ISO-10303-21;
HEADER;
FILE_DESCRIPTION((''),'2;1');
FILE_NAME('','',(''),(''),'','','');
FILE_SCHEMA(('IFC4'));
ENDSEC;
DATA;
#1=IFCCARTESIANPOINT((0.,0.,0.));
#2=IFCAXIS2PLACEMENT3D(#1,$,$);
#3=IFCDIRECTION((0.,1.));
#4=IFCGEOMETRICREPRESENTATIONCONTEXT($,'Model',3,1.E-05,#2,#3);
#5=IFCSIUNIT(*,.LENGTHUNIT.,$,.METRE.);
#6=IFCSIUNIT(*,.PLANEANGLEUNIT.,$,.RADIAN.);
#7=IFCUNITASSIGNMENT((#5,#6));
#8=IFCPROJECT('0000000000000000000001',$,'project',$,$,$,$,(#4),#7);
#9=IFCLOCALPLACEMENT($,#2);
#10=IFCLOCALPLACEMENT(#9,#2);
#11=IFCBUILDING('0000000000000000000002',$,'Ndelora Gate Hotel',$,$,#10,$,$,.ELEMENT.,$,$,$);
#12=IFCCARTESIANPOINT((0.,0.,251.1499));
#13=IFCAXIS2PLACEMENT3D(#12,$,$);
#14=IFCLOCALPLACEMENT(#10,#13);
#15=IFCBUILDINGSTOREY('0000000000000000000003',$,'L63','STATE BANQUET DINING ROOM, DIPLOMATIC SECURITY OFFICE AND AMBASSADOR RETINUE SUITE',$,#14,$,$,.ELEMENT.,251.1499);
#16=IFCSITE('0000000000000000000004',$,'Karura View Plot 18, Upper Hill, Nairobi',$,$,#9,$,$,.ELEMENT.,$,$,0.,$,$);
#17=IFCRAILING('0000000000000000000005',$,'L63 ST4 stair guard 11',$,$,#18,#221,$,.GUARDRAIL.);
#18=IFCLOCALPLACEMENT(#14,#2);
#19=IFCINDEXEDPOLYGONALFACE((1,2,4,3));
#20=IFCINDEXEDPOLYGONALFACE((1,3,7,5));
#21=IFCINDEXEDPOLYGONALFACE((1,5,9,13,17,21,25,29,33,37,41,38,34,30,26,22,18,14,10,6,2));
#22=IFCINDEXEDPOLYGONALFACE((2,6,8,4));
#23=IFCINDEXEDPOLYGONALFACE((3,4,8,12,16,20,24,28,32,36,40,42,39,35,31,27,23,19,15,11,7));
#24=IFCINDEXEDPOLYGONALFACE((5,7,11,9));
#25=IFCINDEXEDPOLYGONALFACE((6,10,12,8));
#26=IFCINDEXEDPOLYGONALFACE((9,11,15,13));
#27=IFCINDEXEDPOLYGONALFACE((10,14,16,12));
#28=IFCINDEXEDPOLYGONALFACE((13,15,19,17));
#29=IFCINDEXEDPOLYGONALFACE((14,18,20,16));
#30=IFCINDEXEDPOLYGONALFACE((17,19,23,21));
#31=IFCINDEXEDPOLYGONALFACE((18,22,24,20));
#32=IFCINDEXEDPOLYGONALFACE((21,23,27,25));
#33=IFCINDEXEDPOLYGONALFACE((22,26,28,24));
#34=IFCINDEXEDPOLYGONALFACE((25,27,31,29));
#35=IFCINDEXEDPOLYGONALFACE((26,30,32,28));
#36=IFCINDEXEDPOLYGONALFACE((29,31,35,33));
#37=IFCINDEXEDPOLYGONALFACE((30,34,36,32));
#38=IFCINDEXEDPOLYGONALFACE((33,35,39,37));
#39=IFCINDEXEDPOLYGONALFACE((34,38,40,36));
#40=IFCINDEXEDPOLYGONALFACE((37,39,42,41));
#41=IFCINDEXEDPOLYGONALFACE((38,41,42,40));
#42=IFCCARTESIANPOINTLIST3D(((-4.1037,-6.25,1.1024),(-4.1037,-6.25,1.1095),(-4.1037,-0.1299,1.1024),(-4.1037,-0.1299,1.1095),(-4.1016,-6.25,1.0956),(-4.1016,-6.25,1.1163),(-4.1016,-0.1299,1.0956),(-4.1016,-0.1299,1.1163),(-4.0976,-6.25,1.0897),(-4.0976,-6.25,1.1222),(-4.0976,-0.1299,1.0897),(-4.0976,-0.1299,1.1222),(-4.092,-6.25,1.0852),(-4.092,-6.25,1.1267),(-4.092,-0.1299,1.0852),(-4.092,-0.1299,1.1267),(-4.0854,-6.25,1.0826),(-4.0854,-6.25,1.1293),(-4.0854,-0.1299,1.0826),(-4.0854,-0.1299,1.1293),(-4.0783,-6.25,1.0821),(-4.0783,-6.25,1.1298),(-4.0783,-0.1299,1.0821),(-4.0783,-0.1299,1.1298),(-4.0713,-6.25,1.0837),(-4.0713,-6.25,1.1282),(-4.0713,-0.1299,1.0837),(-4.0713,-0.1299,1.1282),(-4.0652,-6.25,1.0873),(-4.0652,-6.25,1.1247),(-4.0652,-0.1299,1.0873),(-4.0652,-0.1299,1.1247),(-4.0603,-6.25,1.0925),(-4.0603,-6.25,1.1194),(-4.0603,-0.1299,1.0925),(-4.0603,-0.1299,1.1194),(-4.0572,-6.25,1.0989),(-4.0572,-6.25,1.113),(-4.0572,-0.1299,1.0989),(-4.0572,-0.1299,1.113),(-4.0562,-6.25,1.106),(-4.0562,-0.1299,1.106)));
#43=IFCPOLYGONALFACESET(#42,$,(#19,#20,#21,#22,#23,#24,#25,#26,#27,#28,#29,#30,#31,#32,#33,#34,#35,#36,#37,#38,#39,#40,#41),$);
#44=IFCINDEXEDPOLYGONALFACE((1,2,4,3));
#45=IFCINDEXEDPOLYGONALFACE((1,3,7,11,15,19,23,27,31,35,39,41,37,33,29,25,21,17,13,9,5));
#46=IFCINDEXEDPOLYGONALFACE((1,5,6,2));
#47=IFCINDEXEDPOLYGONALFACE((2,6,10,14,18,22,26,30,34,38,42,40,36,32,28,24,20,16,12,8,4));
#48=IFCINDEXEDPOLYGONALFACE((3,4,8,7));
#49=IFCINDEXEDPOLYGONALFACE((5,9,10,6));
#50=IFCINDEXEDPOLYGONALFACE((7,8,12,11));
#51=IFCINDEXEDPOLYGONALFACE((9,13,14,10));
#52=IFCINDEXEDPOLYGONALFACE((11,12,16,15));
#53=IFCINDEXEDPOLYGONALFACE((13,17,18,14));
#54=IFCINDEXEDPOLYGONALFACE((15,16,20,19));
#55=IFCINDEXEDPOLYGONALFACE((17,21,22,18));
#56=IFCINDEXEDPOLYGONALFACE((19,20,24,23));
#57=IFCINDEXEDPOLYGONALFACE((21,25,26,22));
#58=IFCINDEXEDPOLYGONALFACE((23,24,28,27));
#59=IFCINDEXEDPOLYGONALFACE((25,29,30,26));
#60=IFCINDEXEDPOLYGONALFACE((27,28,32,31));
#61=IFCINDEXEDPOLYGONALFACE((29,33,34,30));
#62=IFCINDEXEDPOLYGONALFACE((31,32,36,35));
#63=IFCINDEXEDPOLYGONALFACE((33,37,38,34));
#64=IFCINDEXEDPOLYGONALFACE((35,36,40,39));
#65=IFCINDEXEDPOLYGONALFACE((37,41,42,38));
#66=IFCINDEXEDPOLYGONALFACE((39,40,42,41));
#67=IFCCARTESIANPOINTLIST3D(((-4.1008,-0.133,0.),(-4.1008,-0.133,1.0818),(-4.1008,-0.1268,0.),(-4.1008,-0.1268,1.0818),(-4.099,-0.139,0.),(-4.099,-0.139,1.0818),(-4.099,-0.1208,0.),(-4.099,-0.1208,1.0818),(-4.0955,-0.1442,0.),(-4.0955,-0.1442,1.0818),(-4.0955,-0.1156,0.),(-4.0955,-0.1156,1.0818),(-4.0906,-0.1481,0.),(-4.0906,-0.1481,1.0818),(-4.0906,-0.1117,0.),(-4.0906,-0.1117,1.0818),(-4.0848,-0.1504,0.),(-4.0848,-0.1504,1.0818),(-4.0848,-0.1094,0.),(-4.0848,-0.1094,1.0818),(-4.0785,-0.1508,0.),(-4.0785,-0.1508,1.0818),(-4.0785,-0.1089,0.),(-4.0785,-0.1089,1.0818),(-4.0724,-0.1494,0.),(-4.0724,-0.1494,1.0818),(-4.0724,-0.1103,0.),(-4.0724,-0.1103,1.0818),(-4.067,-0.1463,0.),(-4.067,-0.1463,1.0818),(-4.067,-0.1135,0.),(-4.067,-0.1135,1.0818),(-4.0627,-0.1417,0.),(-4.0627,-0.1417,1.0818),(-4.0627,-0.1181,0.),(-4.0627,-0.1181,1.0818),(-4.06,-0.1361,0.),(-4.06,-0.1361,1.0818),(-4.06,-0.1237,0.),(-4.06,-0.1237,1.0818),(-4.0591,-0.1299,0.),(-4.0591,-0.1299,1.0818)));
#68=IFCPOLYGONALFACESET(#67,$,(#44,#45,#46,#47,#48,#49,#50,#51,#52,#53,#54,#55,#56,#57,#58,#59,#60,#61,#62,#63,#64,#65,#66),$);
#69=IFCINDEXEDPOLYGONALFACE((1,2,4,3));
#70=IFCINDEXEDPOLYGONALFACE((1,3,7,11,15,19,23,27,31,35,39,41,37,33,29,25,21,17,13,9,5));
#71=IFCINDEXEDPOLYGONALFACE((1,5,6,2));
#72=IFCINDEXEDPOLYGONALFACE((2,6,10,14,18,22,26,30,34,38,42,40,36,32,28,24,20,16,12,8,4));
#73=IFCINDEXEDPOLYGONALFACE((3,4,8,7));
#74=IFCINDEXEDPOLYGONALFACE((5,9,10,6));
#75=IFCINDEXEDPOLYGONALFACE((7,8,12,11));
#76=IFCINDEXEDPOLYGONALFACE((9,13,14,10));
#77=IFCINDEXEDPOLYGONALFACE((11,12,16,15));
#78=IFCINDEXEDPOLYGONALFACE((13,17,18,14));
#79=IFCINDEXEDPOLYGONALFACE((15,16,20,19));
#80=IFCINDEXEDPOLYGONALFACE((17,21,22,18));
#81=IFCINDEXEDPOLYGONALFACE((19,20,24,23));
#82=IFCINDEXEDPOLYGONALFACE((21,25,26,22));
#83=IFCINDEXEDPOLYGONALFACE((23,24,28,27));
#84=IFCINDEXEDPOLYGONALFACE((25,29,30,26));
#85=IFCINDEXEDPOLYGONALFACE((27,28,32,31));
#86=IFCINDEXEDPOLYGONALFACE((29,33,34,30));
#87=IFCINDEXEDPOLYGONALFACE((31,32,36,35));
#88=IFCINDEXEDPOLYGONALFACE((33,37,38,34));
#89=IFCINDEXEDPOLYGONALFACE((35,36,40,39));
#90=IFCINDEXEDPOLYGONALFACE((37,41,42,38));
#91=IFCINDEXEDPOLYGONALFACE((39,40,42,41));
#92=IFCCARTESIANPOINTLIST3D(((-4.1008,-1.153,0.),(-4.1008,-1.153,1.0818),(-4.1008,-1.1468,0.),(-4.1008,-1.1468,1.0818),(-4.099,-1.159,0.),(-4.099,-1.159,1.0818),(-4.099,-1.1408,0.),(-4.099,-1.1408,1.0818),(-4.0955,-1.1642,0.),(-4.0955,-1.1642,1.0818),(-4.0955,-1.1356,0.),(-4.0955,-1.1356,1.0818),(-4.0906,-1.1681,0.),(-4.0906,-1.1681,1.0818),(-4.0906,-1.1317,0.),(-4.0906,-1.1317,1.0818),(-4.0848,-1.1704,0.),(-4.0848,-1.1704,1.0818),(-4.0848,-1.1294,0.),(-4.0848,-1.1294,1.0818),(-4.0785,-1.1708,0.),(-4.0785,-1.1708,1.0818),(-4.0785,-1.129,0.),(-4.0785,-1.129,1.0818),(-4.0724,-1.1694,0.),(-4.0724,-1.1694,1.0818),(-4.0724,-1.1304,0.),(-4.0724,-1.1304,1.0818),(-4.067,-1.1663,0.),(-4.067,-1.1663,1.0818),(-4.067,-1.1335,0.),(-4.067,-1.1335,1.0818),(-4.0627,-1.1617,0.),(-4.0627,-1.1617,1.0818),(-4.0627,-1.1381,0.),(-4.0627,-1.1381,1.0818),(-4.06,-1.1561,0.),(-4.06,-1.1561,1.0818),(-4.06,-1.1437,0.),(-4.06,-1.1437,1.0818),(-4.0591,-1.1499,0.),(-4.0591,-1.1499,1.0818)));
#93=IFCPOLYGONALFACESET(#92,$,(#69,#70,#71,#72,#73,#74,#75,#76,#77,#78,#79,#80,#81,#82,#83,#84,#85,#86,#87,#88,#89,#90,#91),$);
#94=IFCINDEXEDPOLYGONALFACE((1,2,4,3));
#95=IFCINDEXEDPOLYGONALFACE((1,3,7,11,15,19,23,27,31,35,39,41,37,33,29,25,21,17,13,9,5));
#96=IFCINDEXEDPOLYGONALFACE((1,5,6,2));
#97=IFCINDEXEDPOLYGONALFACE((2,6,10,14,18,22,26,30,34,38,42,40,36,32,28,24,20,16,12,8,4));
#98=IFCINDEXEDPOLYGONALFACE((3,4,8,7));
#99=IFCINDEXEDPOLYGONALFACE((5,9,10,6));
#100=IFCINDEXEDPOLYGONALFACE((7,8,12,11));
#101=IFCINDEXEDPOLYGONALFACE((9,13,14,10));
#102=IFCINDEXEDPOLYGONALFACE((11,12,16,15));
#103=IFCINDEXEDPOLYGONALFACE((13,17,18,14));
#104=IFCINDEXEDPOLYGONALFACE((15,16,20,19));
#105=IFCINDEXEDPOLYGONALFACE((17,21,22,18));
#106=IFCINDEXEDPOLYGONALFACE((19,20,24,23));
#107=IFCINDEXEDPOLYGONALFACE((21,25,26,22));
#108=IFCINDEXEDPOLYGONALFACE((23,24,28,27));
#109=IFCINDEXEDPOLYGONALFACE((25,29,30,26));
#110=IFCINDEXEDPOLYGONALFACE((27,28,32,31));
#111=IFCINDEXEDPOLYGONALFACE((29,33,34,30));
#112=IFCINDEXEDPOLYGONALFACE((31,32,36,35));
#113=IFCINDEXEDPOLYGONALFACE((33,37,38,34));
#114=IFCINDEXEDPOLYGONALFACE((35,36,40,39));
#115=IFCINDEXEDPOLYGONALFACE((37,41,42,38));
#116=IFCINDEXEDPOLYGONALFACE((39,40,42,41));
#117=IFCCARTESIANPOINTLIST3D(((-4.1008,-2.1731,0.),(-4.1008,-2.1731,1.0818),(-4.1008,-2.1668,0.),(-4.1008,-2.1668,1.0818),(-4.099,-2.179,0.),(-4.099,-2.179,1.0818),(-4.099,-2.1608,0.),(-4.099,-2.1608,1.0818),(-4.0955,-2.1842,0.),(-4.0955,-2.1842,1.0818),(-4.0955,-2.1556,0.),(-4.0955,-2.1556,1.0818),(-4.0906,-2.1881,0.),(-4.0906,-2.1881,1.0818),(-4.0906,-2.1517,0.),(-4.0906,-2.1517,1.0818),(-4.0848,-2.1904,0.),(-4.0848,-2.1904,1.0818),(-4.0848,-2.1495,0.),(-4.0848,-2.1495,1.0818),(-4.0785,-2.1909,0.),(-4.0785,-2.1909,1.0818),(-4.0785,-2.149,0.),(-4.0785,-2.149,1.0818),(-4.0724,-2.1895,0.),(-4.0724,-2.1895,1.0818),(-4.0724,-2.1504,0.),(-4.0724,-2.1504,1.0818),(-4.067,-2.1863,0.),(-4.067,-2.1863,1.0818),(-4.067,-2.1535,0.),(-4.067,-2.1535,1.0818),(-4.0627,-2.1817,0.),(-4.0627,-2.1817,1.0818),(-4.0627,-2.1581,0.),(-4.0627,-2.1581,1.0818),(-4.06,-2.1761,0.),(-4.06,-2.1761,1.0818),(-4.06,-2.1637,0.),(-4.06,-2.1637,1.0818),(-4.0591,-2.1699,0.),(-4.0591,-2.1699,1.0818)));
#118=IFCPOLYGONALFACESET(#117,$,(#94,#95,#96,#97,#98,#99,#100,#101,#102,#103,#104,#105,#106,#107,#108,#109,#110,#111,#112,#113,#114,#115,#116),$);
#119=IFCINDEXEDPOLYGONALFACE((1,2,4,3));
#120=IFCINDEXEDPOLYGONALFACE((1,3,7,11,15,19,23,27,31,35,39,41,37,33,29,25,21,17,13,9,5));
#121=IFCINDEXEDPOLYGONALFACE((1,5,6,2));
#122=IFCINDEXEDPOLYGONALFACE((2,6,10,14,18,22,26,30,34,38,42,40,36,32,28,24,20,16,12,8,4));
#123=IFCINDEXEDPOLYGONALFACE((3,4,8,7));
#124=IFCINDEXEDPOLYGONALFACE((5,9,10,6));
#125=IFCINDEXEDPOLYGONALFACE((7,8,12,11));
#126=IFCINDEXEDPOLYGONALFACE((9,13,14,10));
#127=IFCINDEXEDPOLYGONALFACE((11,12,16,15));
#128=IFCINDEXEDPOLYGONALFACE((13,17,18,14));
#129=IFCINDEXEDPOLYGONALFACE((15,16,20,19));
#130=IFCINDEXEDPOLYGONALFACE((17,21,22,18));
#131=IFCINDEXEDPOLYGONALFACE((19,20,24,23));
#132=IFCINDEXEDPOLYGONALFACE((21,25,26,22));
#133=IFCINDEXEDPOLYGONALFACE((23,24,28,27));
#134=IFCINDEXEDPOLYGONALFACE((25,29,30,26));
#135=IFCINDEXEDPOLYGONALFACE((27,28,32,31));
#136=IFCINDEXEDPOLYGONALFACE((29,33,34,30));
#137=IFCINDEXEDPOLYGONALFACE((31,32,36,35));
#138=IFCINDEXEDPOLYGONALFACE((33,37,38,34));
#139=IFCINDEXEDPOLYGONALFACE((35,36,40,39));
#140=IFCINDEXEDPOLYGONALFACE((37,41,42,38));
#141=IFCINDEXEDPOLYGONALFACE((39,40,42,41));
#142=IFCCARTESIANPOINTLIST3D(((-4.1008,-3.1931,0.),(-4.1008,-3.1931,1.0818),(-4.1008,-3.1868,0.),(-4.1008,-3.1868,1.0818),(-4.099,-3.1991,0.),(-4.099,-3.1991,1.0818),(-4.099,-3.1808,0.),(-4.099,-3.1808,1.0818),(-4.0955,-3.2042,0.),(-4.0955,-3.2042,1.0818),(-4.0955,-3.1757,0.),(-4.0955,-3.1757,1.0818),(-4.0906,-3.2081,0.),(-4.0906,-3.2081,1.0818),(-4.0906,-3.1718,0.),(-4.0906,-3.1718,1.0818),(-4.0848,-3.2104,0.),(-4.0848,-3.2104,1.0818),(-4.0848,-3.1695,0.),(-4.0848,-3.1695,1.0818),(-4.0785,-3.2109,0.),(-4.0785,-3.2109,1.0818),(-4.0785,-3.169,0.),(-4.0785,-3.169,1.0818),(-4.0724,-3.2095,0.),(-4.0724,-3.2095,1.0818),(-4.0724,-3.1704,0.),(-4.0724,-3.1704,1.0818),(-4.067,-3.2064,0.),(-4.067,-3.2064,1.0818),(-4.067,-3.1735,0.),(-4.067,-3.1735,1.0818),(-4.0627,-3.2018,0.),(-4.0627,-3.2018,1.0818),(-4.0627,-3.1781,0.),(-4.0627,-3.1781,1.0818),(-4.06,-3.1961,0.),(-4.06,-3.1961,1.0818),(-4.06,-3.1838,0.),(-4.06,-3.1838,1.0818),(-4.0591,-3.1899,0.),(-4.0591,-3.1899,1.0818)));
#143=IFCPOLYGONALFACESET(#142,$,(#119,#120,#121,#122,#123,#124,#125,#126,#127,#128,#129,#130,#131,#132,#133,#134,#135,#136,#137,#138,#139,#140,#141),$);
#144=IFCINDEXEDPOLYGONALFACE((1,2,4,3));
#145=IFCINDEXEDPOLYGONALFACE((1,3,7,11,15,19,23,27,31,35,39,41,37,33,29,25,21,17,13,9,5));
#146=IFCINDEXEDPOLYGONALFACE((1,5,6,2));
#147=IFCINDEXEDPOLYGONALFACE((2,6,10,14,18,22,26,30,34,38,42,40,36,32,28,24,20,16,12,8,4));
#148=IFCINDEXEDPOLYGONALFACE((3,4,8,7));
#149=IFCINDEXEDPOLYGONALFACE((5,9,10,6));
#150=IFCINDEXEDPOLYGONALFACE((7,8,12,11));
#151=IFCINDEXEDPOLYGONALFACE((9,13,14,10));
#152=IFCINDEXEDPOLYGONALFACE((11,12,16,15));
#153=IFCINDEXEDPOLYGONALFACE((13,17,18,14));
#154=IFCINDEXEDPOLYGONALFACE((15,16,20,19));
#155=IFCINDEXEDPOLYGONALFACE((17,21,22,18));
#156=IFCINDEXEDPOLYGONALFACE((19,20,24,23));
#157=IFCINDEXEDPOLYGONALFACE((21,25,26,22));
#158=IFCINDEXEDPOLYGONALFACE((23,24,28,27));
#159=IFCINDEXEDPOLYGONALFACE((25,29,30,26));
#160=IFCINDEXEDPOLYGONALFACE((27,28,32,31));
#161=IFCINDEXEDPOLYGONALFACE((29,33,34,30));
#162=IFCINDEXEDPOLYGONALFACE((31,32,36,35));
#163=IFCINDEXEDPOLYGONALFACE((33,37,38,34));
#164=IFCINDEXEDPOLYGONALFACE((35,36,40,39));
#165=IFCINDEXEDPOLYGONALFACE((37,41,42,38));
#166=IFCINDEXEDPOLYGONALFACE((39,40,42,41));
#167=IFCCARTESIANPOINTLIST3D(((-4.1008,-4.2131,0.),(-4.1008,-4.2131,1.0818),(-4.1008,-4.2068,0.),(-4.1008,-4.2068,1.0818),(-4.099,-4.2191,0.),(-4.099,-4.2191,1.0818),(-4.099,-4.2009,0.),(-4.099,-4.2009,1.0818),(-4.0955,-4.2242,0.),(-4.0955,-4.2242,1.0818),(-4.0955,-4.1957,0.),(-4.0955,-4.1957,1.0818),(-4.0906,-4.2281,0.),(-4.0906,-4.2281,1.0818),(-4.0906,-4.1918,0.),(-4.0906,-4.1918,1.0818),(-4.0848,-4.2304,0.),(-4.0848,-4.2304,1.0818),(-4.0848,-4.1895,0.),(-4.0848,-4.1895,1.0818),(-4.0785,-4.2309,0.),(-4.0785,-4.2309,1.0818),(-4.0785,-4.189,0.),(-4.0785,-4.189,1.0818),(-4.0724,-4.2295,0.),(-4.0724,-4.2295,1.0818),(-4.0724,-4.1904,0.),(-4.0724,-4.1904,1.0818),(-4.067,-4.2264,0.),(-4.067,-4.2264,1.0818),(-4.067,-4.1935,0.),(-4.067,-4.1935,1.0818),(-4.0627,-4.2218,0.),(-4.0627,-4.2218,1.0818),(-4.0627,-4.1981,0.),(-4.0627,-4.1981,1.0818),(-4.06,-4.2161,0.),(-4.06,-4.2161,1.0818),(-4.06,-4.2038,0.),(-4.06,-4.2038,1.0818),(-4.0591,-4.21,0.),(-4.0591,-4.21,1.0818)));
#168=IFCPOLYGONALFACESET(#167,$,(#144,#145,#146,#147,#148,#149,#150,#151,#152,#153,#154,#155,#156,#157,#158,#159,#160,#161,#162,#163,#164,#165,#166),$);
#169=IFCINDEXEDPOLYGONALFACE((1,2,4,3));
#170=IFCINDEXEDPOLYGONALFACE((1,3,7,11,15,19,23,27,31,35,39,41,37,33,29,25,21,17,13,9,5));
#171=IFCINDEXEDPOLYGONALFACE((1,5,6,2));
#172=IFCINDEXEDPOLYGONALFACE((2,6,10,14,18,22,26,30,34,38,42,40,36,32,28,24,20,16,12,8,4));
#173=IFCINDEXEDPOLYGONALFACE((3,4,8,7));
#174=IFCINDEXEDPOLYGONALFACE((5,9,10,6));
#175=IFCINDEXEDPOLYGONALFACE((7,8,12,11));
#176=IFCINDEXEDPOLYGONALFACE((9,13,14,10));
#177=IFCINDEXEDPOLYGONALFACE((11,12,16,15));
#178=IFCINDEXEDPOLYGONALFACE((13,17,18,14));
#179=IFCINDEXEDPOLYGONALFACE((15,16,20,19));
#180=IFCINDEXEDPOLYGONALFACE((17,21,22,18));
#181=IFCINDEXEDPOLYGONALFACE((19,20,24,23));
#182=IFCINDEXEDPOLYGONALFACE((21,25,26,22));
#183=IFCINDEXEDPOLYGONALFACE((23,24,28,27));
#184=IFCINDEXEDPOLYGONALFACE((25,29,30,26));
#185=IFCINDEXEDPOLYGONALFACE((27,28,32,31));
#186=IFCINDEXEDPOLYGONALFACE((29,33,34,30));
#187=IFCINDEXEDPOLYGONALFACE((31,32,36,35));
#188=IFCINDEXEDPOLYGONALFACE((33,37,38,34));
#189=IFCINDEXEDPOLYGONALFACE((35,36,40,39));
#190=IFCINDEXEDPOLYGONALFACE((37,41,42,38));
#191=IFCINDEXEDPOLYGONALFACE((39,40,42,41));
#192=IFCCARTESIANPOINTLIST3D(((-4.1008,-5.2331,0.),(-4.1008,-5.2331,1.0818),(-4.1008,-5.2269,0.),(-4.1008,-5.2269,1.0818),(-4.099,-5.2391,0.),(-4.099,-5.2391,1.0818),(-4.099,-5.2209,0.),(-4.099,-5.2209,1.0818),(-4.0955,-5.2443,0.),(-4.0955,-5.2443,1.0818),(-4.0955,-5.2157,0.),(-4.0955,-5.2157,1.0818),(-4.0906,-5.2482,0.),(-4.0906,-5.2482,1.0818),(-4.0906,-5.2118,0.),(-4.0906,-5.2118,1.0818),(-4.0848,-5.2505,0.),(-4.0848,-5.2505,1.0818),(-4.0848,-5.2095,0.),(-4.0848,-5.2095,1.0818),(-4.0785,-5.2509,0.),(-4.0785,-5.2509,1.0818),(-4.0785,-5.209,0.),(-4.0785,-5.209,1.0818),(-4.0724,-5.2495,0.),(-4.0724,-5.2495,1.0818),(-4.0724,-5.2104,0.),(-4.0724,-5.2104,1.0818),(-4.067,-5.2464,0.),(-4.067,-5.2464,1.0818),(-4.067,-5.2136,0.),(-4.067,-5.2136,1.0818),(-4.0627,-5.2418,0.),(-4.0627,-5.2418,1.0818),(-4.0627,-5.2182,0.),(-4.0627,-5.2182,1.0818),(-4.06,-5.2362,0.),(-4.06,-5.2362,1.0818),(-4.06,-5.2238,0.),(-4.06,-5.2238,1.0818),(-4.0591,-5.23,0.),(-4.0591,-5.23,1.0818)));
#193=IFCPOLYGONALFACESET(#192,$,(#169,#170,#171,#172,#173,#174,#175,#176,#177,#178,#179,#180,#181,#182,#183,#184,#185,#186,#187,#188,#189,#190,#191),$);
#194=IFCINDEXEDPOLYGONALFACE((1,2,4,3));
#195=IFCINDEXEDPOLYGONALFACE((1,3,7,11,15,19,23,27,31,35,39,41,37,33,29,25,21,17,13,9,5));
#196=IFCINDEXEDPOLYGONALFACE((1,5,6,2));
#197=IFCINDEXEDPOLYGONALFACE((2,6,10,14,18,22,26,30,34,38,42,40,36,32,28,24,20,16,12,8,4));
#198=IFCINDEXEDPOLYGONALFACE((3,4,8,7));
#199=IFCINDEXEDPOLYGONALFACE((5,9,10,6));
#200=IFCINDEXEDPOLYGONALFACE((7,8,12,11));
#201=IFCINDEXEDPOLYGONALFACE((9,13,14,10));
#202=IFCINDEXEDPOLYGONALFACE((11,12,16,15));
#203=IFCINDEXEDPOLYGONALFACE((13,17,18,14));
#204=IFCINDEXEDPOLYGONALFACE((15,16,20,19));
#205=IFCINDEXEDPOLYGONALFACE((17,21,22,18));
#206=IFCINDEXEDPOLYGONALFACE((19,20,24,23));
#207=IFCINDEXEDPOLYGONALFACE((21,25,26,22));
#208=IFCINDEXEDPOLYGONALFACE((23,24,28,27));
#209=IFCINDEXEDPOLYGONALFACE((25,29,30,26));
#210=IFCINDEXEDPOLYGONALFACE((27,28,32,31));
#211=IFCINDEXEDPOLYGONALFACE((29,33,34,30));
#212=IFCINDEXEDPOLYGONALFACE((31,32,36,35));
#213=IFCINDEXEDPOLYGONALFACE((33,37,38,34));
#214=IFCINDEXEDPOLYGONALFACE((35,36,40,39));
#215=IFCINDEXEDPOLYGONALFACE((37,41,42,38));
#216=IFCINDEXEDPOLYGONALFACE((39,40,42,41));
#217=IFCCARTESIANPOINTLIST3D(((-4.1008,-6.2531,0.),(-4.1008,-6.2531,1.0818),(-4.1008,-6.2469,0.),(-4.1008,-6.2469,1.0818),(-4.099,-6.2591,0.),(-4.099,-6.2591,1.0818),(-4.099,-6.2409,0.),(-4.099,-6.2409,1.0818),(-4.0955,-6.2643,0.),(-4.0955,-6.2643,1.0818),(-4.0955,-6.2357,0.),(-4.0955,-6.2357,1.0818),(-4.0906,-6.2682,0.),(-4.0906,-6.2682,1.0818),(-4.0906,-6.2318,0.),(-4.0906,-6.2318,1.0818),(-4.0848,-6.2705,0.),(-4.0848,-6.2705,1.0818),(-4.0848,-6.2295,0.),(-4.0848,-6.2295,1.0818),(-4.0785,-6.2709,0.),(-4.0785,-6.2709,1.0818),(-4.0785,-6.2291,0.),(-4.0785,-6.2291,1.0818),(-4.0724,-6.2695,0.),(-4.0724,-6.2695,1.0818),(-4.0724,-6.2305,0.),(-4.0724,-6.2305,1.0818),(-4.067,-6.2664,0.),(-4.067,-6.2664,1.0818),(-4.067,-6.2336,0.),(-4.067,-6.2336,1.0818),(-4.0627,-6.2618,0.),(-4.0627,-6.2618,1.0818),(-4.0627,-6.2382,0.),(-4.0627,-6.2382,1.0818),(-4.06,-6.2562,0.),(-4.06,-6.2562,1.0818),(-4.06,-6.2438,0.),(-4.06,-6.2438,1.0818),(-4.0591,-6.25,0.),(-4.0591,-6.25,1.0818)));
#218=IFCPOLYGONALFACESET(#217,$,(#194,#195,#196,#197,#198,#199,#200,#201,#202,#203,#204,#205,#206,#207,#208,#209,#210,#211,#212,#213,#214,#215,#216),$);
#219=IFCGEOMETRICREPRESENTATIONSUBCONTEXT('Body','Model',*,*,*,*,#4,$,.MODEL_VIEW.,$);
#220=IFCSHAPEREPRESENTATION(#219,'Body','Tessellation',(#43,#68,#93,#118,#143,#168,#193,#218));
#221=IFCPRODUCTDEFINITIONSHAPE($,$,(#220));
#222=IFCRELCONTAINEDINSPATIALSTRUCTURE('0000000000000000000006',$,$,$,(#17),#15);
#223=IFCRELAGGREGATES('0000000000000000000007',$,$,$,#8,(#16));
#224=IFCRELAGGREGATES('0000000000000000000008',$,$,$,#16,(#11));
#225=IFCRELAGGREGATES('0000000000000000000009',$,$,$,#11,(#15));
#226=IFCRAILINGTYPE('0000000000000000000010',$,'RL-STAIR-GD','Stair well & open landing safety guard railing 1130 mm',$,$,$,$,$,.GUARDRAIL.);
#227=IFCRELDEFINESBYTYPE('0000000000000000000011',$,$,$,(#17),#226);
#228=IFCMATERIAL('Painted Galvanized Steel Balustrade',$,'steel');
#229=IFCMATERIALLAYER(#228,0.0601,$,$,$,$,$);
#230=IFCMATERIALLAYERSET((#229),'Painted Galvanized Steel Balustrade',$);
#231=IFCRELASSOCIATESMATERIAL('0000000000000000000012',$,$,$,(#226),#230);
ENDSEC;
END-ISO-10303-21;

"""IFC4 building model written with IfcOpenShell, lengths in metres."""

from ifc_helpers import new_model, si_unit, direction, frame, origin, origin_2d, place, context, subcontext, project, spatial, circle, extrude, material, layer, layer_set, type_object, element, save


model = new_model("IFC4")

# Units and contexts
model_context = context("Model", 3, precision=1e-05, world=origin(), true_north=direction((0.0, 1.0)))
body_context = subcontext(model_context, "Body", "Model", "MODEL_VIEW")
ifc_project = project(units=[si_unit("LENGTHUNIT", "METRE"), si_unit("PLANEANGLEUNIT", "RADIAN")], contexts=[model_context])

# Site, building, storey
site_placement = place(None, origin())
site = spatial("IfcSite", under=ifc_project, at=site_placement, Name="Karura View Plot 18, Upper Hill, Nairobi", CompositionType="ELEMENT", RefElevation=0.0)
building_placement = place(site_placement, origin())
building = spatial("IfcBuilding", under=site, at=building_placement, Name="Ndelora Gate Hotel", CompositionType="ELEMENT")
storey_placement = place(building_placement, frame((0.0, 0.0, 251.1499)))
storey = spatial("IfcBuildingStorey", under=building, at=storey_placement, Name="L63", Description="STATE BANQUET DINING ROOM, DIPLOMATIC SECURITY OFFICE AND AMBASSADOR RETINUE SUITE", CompositionType="ELEMENT", Elevation=251.1499)

# Railing
ifc_material_1 = material(Name="Painted Galvanized Steel Balustrade", Category="steel")
ifc_layer_1 = layer(ifc_material_1, 0.0601)
ifc_layer_set_1 = layer_set([ifc_layer_1], Name="Painted Galvanized Steel Balustrade")
railing_type = type_object("IfcRailingType", Name="RL-STAIR-GD", Description="Stair well & open landing safety guard railing 1130 mm", PredefinedType="GUARDRAIL", material=ifc_layer_set_1)
railing_placement = place(storey_placement, frame((-4.0801, -0.1299, 0.0)))
element("IfcRailing", 1, at=railing_placement, inside=storey, type_object=railing_type, Name="L63 ST4 stair guard 11", PredefinedType="GUARDRAIL", context=body_context, shape_type="SweptSolid", body=[
    extrude(circle(Radius=0.0239, at=origin_2d()), frame((0.0, 0.0, 1.106), z_axis=(0.0, -1.0, 0.0), x_axis=(1.0, 0.0, 0.0)), (0.0, 0.0, 1.0), 6.1201),
    extrude(circle(Radius=0.021, at=origin_2d()), origin(), (0.0, 0.0, 1.0), 1.0818),
    extrude(circle(Radius=0.021, at=origin_2d()), frame((0.0, -1.02, 0.0)), (0.0, 0.0, 1.0), 1.0818),
    extrude(circle(Radius=0.021, at=origin_2d()), frame((0.0, -2.04, 0.0)), (0.0, 0.0, 1.0), 1.0818),
    extrude(circle(Radius=0.021, at=origin_2d()), frame((0.0, -3.0601, 0.0)), (0.0, 0.0, 1.0), 1.0818),
    extrude(circle(Radius=0.021, at=origin_2d()), frame((0.0, -4.0801, 0.0)), (0.0, 0.0, 1.0), 1.0818),
    extrude(circle(Radius=0.021, at=origin_2d()), frame((0.0, -5.1001, 0.0)), (0.0, 0.0, 1.0), 1.0818),
    extrude(circle(Radius=0.021, at=origin_2d()), frame((0.0, -6.1201, 0.0)), (0.0, 0.0, 1.0), 1.0818),
])

save(model, "model.ifc")
